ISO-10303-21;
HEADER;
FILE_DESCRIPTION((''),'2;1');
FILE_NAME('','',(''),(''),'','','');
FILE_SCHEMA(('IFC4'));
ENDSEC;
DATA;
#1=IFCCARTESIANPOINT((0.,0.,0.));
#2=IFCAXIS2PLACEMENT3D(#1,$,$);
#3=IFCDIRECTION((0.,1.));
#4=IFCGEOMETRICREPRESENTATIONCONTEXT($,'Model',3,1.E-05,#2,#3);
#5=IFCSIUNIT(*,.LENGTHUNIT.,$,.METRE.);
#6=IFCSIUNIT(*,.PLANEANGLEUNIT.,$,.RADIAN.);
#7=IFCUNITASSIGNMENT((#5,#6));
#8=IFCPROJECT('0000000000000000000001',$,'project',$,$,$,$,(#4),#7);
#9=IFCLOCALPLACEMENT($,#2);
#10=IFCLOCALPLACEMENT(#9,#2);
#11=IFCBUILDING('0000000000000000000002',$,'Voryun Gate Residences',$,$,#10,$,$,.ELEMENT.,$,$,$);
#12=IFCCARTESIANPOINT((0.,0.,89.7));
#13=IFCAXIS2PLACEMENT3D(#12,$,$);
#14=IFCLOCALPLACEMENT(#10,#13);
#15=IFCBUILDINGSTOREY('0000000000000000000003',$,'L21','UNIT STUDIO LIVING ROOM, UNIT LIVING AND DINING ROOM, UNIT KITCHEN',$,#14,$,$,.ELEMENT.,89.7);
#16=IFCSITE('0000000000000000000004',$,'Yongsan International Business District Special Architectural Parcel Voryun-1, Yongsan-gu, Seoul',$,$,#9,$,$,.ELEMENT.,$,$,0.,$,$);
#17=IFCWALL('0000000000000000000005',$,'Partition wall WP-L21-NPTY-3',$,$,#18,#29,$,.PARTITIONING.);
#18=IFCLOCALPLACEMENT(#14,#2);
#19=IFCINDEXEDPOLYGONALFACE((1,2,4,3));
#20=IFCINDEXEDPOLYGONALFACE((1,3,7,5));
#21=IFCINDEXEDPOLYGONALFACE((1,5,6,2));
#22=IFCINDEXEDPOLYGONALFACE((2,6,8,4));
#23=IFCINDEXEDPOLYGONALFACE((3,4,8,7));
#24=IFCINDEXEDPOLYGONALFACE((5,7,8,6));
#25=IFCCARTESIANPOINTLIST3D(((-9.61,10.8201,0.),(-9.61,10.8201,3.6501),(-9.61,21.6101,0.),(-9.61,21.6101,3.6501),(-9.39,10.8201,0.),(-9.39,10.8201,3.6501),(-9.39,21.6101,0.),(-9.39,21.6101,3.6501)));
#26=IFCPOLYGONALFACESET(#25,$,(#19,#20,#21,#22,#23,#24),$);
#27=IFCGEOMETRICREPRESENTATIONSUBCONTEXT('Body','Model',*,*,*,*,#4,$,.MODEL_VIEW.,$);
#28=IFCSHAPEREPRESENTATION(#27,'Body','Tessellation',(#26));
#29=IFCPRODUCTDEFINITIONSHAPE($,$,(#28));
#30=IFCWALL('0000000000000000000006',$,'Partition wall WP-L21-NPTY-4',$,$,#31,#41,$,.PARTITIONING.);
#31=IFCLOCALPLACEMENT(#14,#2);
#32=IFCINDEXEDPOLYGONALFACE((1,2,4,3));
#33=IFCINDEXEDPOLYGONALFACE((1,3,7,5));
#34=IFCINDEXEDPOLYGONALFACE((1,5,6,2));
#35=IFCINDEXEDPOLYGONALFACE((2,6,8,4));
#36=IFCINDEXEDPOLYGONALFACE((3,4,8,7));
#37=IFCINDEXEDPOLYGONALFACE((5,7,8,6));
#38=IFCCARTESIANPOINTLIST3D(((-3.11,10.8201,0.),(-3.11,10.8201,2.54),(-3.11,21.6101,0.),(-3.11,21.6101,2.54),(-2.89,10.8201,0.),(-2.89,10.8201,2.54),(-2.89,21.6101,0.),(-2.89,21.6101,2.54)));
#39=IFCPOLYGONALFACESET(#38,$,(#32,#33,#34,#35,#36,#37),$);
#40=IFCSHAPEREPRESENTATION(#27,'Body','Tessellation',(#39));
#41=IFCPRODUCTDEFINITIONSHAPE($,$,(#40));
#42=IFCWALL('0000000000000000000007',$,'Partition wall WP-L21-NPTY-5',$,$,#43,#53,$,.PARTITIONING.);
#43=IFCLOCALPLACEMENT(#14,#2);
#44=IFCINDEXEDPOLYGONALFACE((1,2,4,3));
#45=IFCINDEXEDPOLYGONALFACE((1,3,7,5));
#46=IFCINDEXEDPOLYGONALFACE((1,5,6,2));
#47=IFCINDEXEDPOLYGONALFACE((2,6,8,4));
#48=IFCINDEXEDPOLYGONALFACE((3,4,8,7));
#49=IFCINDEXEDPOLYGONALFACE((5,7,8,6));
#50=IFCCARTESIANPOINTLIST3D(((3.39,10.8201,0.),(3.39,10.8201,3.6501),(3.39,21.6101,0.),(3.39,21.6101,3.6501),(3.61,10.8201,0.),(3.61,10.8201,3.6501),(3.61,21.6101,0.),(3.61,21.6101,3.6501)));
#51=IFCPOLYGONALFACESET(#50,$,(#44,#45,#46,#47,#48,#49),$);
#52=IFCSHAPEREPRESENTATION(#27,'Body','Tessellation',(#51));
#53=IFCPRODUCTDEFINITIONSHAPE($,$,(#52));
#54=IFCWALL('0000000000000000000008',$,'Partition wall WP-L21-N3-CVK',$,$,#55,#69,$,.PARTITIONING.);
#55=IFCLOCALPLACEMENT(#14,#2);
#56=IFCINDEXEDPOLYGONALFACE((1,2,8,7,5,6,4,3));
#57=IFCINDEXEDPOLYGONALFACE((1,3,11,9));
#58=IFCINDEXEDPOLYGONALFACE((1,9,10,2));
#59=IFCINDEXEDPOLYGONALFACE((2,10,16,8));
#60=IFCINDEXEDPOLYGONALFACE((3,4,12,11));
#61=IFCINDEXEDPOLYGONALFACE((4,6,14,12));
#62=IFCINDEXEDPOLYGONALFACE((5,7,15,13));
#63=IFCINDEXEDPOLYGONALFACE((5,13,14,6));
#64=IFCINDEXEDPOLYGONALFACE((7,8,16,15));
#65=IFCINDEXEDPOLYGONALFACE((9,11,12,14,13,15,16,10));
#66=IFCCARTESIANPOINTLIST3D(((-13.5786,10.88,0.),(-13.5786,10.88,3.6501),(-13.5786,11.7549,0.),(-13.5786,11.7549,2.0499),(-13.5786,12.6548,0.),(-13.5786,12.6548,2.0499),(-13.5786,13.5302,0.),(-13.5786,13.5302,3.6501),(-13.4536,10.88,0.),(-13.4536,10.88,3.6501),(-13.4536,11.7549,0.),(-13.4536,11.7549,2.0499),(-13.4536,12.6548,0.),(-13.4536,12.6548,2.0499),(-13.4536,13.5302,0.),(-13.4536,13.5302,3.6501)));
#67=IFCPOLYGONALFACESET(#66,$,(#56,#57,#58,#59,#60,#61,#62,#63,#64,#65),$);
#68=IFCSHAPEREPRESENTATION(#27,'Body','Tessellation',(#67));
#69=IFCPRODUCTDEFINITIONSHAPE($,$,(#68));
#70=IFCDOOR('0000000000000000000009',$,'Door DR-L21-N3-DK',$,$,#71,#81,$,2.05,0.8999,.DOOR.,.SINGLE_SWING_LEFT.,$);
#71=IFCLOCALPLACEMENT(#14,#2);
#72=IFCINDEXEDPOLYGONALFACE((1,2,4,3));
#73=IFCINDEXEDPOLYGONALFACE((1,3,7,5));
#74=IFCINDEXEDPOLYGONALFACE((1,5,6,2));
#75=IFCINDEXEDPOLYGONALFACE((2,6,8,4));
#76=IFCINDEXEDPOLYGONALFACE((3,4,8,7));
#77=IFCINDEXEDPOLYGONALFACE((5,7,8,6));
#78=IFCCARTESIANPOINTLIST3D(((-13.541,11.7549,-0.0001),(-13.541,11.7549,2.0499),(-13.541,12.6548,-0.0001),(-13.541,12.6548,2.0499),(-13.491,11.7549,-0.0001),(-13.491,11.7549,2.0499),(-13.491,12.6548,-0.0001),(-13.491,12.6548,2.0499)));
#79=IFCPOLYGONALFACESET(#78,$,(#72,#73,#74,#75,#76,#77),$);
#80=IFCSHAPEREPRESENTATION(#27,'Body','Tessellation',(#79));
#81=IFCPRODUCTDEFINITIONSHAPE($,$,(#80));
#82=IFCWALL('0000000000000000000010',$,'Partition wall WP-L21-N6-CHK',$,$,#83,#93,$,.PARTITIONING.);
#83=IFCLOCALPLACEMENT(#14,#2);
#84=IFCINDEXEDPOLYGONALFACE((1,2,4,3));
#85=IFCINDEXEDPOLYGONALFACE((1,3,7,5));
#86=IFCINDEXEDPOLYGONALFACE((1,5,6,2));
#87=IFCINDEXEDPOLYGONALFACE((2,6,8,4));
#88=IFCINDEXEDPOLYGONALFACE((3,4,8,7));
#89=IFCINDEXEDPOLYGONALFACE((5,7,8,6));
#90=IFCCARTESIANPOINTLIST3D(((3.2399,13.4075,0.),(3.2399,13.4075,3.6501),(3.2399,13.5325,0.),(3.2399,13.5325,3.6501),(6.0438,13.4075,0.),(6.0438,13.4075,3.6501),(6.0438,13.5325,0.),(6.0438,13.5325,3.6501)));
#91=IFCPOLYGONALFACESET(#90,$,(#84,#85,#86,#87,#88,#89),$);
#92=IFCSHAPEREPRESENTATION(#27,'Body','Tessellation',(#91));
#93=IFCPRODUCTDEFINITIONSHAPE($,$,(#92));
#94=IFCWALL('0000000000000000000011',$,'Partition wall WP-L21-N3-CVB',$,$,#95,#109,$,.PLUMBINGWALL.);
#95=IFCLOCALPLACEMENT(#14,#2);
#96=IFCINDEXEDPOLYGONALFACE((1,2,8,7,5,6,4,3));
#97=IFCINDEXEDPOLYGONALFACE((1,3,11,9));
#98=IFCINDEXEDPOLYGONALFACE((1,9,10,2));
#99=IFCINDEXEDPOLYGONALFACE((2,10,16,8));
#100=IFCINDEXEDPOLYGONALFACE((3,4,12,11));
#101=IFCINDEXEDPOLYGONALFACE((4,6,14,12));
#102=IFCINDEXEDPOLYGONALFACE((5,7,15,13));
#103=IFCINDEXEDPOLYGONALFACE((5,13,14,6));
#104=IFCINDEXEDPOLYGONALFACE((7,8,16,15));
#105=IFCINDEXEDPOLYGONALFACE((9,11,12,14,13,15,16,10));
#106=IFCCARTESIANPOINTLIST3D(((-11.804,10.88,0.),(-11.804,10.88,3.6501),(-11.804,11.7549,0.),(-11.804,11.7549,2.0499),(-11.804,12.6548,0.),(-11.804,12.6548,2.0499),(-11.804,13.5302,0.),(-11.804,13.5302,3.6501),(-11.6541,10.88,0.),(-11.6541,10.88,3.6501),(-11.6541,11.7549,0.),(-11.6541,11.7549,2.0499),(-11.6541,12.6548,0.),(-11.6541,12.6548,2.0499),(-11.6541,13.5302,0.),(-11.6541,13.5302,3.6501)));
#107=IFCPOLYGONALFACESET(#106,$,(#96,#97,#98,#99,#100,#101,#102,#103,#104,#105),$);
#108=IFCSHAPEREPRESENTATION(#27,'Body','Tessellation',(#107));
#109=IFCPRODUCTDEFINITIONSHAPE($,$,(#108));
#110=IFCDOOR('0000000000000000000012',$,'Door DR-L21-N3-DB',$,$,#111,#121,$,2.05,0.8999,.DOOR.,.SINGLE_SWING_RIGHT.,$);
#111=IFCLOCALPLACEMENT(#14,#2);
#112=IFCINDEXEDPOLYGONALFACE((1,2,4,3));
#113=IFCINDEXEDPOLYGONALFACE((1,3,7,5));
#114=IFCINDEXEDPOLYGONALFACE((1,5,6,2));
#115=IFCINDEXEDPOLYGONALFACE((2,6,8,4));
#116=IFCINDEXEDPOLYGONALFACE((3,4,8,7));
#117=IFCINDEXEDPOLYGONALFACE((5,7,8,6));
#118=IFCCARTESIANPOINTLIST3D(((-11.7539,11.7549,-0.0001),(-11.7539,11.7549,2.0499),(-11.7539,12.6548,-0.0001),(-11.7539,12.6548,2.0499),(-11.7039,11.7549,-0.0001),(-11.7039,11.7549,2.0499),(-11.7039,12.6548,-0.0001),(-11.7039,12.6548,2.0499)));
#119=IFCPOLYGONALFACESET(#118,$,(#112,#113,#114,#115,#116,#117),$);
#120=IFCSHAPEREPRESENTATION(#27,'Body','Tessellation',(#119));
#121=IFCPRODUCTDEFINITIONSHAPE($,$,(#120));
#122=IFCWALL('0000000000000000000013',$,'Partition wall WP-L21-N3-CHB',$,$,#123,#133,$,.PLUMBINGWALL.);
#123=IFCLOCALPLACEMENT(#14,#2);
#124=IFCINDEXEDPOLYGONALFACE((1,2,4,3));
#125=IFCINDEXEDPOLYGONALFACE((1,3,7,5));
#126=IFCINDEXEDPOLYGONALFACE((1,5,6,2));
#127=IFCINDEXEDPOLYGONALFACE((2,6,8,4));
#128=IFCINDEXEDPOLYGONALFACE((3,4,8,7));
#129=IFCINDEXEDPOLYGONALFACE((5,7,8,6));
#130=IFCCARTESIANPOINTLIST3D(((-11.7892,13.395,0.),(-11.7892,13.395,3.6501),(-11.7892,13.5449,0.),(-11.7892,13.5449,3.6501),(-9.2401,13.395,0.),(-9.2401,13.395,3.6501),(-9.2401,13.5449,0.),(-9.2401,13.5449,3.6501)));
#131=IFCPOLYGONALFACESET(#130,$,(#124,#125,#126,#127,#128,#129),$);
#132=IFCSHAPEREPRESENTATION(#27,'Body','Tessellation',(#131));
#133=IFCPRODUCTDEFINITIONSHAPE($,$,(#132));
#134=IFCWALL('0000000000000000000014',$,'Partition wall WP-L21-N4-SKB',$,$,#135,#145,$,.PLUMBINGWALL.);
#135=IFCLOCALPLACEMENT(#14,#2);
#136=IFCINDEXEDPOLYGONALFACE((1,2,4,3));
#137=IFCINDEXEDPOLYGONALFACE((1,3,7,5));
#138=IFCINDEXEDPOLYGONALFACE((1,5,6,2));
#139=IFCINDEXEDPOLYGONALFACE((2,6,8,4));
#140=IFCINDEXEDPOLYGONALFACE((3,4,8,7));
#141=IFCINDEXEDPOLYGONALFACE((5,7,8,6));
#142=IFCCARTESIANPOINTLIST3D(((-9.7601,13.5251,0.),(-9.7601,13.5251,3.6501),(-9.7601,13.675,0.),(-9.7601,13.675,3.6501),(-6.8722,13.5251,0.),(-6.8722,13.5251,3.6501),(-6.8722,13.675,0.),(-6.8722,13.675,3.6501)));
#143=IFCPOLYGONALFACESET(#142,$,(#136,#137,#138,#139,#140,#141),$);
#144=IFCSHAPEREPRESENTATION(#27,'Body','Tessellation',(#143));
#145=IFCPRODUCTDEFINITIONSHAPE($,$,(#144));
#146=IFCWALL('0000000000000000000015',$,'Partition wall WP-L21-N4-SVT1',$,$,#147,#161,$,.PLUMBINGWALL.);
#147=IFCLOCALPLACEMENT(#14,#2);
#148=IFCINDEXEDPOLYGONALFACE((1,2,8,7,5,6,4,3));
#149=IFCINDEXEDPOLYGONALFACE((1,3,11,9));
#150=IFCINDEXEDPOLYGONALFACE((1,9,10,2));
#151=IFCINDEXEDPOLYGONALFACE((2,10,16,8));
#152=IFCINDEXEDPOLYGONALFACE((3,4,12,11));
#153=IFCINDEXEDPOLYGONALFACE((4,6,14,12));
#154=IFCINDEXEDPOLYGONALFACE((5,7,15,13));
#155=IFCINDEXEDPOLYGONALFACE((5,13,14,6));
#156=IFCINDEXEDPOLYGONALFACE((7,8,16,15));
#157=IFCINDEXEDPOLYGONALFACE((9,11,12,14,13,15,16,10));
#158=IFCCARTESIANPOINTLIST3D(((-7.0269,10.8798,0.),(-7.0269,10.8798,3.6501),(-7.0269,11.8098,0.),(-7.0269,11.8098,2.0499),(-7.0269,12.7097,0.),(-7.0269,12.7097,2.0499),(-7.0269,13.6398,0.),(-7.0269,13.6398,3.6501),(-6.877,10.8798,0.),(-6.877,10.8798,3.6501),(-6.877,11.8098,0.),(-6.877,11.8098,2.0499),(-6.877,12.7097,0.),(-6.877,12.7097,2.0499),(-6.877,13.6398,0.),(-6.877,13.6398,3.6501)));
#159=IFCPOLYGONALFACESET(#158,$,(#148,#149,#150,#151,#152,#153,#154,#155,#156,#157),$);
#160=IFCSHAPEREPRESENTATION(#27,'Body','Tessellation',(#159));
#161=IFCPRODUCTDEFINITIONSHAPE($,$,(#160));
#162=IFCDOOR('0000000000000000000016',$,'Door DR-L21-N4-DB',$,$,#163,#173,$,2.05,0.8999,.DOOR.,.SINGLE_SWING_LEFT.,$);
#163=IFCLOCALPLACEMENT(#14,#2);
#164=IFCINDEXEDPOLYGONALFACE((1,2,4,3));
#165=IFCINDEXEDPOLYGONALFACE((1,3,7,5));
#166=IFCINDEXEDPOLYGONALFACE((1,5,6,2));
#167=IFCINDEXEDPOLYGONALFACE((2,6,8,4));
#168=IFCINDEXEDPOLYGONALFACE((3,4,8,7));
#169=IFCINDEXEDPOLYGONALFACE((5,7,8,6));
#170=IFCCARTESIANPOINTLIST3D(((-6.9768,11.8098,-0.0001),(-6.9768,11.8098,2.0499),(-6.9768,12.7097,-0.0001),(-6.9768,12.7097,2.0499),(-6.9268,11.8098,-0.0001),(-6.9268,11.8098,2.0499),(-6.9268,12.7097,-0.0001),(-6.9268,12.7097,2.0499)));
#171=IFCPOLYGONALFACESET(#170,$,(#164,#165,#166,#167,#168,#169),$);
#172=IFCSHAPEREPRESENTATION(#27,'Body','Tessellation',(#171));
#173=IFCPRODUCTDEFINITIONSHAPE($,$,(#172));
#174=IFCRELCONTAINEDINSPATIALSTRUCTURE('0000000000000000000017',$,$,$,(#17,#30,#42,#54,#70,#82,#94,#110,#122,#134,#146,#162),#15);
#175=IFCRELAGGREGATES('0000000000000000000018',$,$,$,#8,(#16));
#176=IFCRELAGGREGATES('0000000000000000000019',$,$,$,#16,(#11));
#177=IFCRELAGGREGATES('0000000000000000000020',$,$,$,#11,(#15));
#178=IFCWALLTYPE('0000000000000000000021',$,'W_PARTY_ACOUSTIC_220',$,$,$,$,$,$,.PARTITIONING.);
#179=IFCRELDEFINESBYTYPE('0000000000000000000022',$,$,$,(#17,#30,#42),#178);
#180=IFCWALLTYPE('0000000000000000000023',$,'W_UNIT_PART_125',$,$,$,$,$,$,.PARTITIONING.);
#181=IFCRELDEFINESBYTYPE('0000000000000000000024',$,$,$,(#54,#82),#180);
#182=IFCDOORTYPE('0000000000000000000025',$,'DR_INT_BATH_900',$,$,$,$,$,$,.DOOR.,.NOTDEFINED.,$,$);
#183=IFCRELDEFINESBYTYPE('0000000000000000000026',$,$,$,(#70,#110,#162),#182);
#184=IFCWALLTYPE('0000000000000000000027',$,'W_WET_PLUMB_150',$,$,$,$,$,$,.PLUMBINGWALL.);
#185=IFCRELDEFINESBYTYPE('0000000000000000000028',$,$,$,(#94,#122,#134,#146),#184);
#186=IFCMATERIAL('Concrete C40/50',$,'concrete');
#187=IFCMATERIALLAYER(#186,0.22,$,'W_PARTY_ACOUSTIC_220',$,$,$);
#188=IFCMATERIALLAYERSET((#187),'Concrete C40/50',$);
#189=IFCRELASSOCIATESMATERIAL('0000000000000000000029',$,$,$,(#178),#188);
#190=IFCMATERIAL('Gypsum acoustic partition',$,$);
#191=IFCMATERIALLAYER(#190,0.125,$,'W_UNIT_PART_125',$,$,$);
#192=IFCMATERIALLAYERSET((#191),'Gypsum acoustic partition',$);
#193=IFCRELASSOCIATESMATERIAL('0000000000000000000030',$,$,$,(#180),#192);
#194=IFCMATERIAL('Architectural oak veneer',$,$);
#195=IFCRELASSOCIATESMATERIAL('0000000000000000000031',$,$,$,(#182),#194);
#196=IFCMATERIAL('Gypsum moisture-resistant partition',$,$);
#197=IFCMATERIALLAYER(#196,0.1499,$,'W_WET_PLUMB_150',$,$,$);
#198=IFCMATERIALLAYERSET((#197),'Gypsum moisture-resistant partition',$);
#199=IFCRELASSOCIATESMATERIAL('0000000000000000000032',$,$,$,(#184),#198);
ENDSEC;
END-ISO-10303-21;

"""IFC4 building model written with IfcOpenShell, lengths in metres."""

from ifc_helpers import new_model, si_unit, direction, frame, frame_2d, origin, place, context, subcontext, project, spatial, rectangle, extrude, material, layer, layer_set, type_object, element, fill, save


model = new_model("IFC4")

# Units and contexts
model_context = context("Model", 3, precision=1e-05, world=origin(), true_north=direction((0.0, 1.0)))
body_context = subcontext(model_context, "Body", "Model", "MODEL_VIEW")
ifc_project = project(units=[si_unit("LENGTHUNIT", "METRE"), si_unit("PLANEANGLEUNIT", "RADIAN")], contexts=[model_context])

# Site, building, storey
site_placement = place(None, origin())
site = spatial("IfcSite", under=ifc_project, at=site_placement, Name="Yongsan International Business District Special Architectural Parcel Voryun-1, Yongsan-gu, Seoul", CompositionType="ELEMENT", RefElevation=0.0)
building_placement = place(site_placement, origin())
building = spatial("IfcBuilding", under=site, at=building_placement, Name="Voryun Gate Residences", CompositionType="ELEMENT")
storey_placement = place(building_placement, frame((0.0, 0.0, 89.7)))
storey = spatial("IfcBuildingStorey", under=building, at=storey_placement, Name="L21", Description="UNIT STUDIO LIVING ROOM, UNIT LIVING AND DINING ROOM, UNIT KITCHEN", CompositionType="ELEMENT", Elevation=89.7)

# Walls
ifc_material_1 = material(Name="Concrete C40/50", Category="concrete")
ifc_layer_1 = layer(ifc_material_1, 0.22, Name="W_PARTY_ACOUSTIC_220")
ifc_layer_set_1 = layer_set([ifc_layer_1], Name="Concrete C40/50")
wall_type_1 = type_object("IfcWallType", Name="W_PARTY_ACOUSTIC_220", PredefinedType="PARTITIONING", material=ifc_layer_set_1)
for number, where, z_axis, x_axis, name in (
    (1, (-9.5, 10.8201, 0.0), (0.0, 0.0, 1.0), (0.0, 1.0, 0.0), "Partition wall WP-L21-NPTY-3"),
):
    element("IfcWall", number, at=place(storey_placement, frame(where, z_axis=z_axis, x_axis=x_axis)), inside=storey, type_object=wall_type_1, Name=name, PredefinedType="PARTITIONING", context=body_context, shape_type="SweptSolid", body=[
        extrude(rectangle(XDim=10.79, YDim=0.22, at=frame_2d((5.395, 0.0))), origin(), (0.0, 0.0, 1.0), 3.6501),
    ])
wall_1_placement = place(storey_placement, frame((-3.0, 10.8201, 0.0), z_axis=(0.0, 0.0, 1.0), x_axis=(0.0, 1.0, 0.0)))
element("IfcWall", 2, at=wall_1_placement, inside=storey, type_object=wall_type_1, Name="Partition wall WP-L21-NPTY-4", PredefinedType="PARTITIONING", context=body_context, shape_type="SweptSolid", body=[
    extrude(rectangle(XDim=10.79, YDim=0.22, at=frame_2d((5.395, 0.0))), origin(), (0.0, 0.0, 1.0), 2.54),
])
wall_2_placement = place(storey_placement, frame((3.5, 10.8201, 0.0), z_axis=(0.0, 0.0, 1.0), x_axis=(0.0, 1.0, 0.0)))
element("IfcWall", 3, at=wall_2_placement, inside=storey, type_object=wall_type_1, Name="Partition wall WP-L21-NPTY-5", PredefinedType="PARTITIONING", context=body_context, shape_type="SweptSolid", body=[
    extrude(rectangle(XDim=10.79, YDim=0.22, at=frame_2d((5.395, 0.0))), origin(), (0.0, 0.0, 1.0), 3.6501),
])

# Wall, opening, door
ifc_material_2 = material(Name="Gypsum acoustic partition")
ifc_layer_2 = layer(ifc_material_2, 0.125, Name="W_UNIT_PART_125")
ifc_layer_set_2 = layer_set([ifc_layer_2], Name="Gypsum acoustic partition")
wall_type_2 = type_object("IfcWallType", Name="W_UNIT_PART_125", PredefinedType="PARTITIONING", material=ifc_layer_set_2)
wall_3_placement = place(storey_placement, frame((-13.5161, 10.8799, 0.0), z_axis=(0.0, 0.0, 1.0), x_axis=(0.0, 1.0, 0.0)))
wall_3 = element("IfcWall", 4, at=wall_3_placement, inside=storey, type_object=wall_type_2, Name="Partition wall WP-L21-N3-CVK", PredefinedType="PARTITIONING", context=body_context, shape_type="SweptSolid", body=[
    extrude(rectangle(XDim=2.6501, YDim=0.125, at=frame_2d((1.3252, 0.0))), origin(), (0.0, 0.0, 1.0), 3.6501),
])
opening_1_placement = place(wall_3_placement, frame((0.875, 0.0, 0.0)))
opening_1 = element("IfcOpeningElement", 5, at=opening_1_placement, cuts=wall_3, PredefinedType="OPENING", context=body_context, shape_type="SweptSolid", body=[
    extrude(rectangle(XDim=0.8999, YDim=2.05, at=frame_2d((0.45, 1.0249))), frame((0.0, 0.0725, 0.0), z_axis=(0.0, -1.0, 0.0), x_axis=(1.0, 0.0, 0.0)), (0.0, 0.0, 1.0), 0.145),
])
ifc_material_3 = material(Name="Architectural oak veneer")
door_type_1 = type_object("IfcDoorType", Name="DR_INT_BATH_900", OperationType="NOTDEFINED", PredefinedType="DOOR", material=ifc_material_3)
door_1_placement = place(opening_1_placement, origin())
door_1 = element("IfcDoor", 6, at=door_1_placement, inside=storey, type_object=door_type_1, Name="Door DR-L21-N3-DK", OperationType="SINGLE_SWING_LEFT", OverallHeight=2.05, OverallWidth=0.8999, PredefinedType="DOOR", context=body_context, shape_type="SweptSolid", body=[
    extrude(rectangle(XDim=0.8999, YDim=2.05, at=frame_2d((0.45, 1.0249))), frame((0.0, 0.0249, 0.0), z_axis=(0.0, -1.0, 0.0), x_axis=(1.0, 0.0, 0.0)), (0.0, 0.0, 1.0), 0.05),
])
fill(opening_1, door_1)

# Wall
wall_4_placement = place(storey_placement, frame((3.24, 13.47, 0.0), z_axis=(0.0, 0.0, 1.0), x_axis=(1.0, 0.0, 0.0)))
element("IfcWall", 7, at=wall_4_placement, inside=storey, type_object=wall_type_2, Name="Partition wall WP-L21-N6-CHK", PredefinedType="PARTITIONING", context=body_context, shape_type="SweptSolid", body=[
    extrude(rectangle(XDim=2.804, YDim=0.125, at=frame_2d((1.4019, 0.0))), origin(), (0.0, 0.0, 1.0), 3.6501),
])

# Wall, opening, door
ifc_material_4 = material(Name="Gypsum moisture-resistant partition")
ifc_layer_3 = layer(ifc_material_4, 0.1499, Name="W_WET_PLUMB_150")
ifc_layer_set_3 = layer_set([ifc_layer_3], Name="Gypsum moisture-resistant partition")
wall_type_3 = type_object("IfcWallType", Name="W_WET_PLUMB_150", PredefinedType="PLUMBINGWALL", material=ifc_layer_set_3)
wall_5_placement = place(storey_placement, frame((-11.729, 10.8799, 0.0), z_axis=(0.0, 0.0, 1.0), x_axis=(0.0, 1.0, 0.0)))
wall_5 = element("IfcWall", 8, at=wall_5_placement, inside=storey, type_object=wall_type_3, Name="Partition wall WP-L21-N3-CVB", PredefinedType="PLUMBINGWALL", context=body_context, shape_type="SweptSolid", body=[
    extrude(rectangle(XDim=2.6501, YDim=0.1499, at=frame_2d((1.3252, 0.0))), origin(), (0.0, 0.0, 1.0), 3.6501),
])
opening_2_placement = place(wall_5_placement, frame((0.875, 0.0, 0.0)))
opening_2 = element("IfcOpeningElement", 9, at=opening_2_placement, cuts=wall_5, PredefinedType="OPENING", context=body_context, shape_type="SweptSolid", body=[
    extrude(rectangle(XDim=0.8999, YDim=2.05, at=frame_2d((0.45, 1.0249))), frame((0.0, 0.085, 0.0), z_axis=(0.0, -1.0, 0.0), x_axis=(1.0, 0.0, 0.0)), (0.0, 0.0, 1.0), 0.1699),
])
door_2_placement = place(opening_2_placement, origin())
door_2 = element("IfcDoor", 10, at=door_2_placement, inside=storey, type_object=door_type_1, Name="Door DR-L21-N3-DB", OperationType="SINGLE_SWING_RIGHT", OverallHeight=2.05, OverallWidth=0.8999, PredefinedType="DOOR", context=body_context, shape_type="SweptSolid", body=[
    extrude(rectangle(XDim=0.8999, YDim=2.05, at=frame_2d((0.45, 1.0249))), frame((0.0, 0.0249, 0.0), z_axis=(0.0, -1.0, 0.0), x_axis=(1.0, 0.0, 0.0)), (0.0, 0.0, 1.0), 0.05),
])
fill(opening_2, door_2)

# Walls
wall_6_placement = place(storey_placement, frame((-11.7891, 13.47, 0.0), z_axis=(0.0, 0.0, 1.0), x_axis=(1.0, 0.0, 0.0)))
element("IfcWall", 11, at=wall_6_placement, inside=storey, type_object=wall_type_3, Name="Partition wall WP-L21-N3-CHB", PredefinedType="PLUMBINGWALL", context=body_context, shape_type="SweptSolid", body=[
    extrude(rectangle(XDim=2.5491, YDim=0.1499, at=frame_2d((1.2744, 0.0))), origin(), (0.0, 0.0, 1.0), 3.6501),
])
wall_7_placement = place(storey_placement, frame((-9.76, 13.6001, 0.0), z_axis=(0.0, 0.0, 1.0), x_axis=(1.0, 0.0, 0.0)))
element("IfcWall", 12, at=wall_7_placement, inside=storey, type_object=wall_type_3, Name="Partition wall WP-L21-N4-SKB", PredefinedType="PLUMBINGWALL", context=body_context, shape_type="SweptSolid", body=[
    extrude(rectangle(XDim=2.8879, YDim=0.1499, at=frame_2d((1.4438, 0.0))), origin(), (0.0, 0.0, 1.0), 3.6501),
])

# Wall, opening, door
wall_8_placement = place(storey_placement, frame((-6.9519, 10.8799, 0.0), z_axis=(0.0, 0.0, 1.0), x_axis=(0.0, 1.0, 0.0)))
wall_8 = element("IfcWall", 13, at=wall_8_placement, inside=storey, type_object=wall_type_3, Name="Partition wall WP-L21-N4-SVT1", PredefinedType="PLUMBINGWALL", context=body_context, shape_type="SweptSolid", body=[
    extrude(rectangle(XDim=2.76, YDim=0.1499, at=frame_2d((1.3799, 0.0))), origin(), (0.0, 0.0, 1.0), 3.6501),
])
opening_3_placement = place(wall_8_placement, frame((0.9299, 0.0, 0.0)))
opening_3 = element("IfcOpeningElement", 14, at=opening_3_placement, cuts=wall_8, PredefinedType="OPENING", context=body_context, shape_type="SweptSolid", body=[
    extrude(rectangle(XDim=0.8999, YDim=2.05, at=frame_2d((0.45, 1.0249))), frame((0.0, 0.085, 0.0), z_axis=(0.0, -1.0, 0.0), x_axis=(1.0, 0.0, 0.0)), (0.0, 0.0, 1.0), 0.1699),
])
door_3_placement = place(opening_3_placement, origin())
door_3 = element("IfcDoor", 15, at=door_3_placement, inside=storey, type_object=door_type_1, Name="Door DR-L21-N4-DB", OperationType="SINGLE_SWING_LEFT", OverallHeight=2.05, OverallWidth=0.8999, PredefinedType="DOOR", context=body_context, shape_type="SweptSolid", body=[
    extrude(rectangle(XDim=0.8999, YDim=2.05, at=frame_2d((0.45, 1.0249))), frame((0.0, 0.0249, 0.0), z_axis=(0.0, -1.0, 0.0), x_axis=(1.0, 0.0, 0.0)), (0.0, 0.0, 1.0), 0.05),
])
fill(opening_3, door_3)

save(model, "model.ifc")
